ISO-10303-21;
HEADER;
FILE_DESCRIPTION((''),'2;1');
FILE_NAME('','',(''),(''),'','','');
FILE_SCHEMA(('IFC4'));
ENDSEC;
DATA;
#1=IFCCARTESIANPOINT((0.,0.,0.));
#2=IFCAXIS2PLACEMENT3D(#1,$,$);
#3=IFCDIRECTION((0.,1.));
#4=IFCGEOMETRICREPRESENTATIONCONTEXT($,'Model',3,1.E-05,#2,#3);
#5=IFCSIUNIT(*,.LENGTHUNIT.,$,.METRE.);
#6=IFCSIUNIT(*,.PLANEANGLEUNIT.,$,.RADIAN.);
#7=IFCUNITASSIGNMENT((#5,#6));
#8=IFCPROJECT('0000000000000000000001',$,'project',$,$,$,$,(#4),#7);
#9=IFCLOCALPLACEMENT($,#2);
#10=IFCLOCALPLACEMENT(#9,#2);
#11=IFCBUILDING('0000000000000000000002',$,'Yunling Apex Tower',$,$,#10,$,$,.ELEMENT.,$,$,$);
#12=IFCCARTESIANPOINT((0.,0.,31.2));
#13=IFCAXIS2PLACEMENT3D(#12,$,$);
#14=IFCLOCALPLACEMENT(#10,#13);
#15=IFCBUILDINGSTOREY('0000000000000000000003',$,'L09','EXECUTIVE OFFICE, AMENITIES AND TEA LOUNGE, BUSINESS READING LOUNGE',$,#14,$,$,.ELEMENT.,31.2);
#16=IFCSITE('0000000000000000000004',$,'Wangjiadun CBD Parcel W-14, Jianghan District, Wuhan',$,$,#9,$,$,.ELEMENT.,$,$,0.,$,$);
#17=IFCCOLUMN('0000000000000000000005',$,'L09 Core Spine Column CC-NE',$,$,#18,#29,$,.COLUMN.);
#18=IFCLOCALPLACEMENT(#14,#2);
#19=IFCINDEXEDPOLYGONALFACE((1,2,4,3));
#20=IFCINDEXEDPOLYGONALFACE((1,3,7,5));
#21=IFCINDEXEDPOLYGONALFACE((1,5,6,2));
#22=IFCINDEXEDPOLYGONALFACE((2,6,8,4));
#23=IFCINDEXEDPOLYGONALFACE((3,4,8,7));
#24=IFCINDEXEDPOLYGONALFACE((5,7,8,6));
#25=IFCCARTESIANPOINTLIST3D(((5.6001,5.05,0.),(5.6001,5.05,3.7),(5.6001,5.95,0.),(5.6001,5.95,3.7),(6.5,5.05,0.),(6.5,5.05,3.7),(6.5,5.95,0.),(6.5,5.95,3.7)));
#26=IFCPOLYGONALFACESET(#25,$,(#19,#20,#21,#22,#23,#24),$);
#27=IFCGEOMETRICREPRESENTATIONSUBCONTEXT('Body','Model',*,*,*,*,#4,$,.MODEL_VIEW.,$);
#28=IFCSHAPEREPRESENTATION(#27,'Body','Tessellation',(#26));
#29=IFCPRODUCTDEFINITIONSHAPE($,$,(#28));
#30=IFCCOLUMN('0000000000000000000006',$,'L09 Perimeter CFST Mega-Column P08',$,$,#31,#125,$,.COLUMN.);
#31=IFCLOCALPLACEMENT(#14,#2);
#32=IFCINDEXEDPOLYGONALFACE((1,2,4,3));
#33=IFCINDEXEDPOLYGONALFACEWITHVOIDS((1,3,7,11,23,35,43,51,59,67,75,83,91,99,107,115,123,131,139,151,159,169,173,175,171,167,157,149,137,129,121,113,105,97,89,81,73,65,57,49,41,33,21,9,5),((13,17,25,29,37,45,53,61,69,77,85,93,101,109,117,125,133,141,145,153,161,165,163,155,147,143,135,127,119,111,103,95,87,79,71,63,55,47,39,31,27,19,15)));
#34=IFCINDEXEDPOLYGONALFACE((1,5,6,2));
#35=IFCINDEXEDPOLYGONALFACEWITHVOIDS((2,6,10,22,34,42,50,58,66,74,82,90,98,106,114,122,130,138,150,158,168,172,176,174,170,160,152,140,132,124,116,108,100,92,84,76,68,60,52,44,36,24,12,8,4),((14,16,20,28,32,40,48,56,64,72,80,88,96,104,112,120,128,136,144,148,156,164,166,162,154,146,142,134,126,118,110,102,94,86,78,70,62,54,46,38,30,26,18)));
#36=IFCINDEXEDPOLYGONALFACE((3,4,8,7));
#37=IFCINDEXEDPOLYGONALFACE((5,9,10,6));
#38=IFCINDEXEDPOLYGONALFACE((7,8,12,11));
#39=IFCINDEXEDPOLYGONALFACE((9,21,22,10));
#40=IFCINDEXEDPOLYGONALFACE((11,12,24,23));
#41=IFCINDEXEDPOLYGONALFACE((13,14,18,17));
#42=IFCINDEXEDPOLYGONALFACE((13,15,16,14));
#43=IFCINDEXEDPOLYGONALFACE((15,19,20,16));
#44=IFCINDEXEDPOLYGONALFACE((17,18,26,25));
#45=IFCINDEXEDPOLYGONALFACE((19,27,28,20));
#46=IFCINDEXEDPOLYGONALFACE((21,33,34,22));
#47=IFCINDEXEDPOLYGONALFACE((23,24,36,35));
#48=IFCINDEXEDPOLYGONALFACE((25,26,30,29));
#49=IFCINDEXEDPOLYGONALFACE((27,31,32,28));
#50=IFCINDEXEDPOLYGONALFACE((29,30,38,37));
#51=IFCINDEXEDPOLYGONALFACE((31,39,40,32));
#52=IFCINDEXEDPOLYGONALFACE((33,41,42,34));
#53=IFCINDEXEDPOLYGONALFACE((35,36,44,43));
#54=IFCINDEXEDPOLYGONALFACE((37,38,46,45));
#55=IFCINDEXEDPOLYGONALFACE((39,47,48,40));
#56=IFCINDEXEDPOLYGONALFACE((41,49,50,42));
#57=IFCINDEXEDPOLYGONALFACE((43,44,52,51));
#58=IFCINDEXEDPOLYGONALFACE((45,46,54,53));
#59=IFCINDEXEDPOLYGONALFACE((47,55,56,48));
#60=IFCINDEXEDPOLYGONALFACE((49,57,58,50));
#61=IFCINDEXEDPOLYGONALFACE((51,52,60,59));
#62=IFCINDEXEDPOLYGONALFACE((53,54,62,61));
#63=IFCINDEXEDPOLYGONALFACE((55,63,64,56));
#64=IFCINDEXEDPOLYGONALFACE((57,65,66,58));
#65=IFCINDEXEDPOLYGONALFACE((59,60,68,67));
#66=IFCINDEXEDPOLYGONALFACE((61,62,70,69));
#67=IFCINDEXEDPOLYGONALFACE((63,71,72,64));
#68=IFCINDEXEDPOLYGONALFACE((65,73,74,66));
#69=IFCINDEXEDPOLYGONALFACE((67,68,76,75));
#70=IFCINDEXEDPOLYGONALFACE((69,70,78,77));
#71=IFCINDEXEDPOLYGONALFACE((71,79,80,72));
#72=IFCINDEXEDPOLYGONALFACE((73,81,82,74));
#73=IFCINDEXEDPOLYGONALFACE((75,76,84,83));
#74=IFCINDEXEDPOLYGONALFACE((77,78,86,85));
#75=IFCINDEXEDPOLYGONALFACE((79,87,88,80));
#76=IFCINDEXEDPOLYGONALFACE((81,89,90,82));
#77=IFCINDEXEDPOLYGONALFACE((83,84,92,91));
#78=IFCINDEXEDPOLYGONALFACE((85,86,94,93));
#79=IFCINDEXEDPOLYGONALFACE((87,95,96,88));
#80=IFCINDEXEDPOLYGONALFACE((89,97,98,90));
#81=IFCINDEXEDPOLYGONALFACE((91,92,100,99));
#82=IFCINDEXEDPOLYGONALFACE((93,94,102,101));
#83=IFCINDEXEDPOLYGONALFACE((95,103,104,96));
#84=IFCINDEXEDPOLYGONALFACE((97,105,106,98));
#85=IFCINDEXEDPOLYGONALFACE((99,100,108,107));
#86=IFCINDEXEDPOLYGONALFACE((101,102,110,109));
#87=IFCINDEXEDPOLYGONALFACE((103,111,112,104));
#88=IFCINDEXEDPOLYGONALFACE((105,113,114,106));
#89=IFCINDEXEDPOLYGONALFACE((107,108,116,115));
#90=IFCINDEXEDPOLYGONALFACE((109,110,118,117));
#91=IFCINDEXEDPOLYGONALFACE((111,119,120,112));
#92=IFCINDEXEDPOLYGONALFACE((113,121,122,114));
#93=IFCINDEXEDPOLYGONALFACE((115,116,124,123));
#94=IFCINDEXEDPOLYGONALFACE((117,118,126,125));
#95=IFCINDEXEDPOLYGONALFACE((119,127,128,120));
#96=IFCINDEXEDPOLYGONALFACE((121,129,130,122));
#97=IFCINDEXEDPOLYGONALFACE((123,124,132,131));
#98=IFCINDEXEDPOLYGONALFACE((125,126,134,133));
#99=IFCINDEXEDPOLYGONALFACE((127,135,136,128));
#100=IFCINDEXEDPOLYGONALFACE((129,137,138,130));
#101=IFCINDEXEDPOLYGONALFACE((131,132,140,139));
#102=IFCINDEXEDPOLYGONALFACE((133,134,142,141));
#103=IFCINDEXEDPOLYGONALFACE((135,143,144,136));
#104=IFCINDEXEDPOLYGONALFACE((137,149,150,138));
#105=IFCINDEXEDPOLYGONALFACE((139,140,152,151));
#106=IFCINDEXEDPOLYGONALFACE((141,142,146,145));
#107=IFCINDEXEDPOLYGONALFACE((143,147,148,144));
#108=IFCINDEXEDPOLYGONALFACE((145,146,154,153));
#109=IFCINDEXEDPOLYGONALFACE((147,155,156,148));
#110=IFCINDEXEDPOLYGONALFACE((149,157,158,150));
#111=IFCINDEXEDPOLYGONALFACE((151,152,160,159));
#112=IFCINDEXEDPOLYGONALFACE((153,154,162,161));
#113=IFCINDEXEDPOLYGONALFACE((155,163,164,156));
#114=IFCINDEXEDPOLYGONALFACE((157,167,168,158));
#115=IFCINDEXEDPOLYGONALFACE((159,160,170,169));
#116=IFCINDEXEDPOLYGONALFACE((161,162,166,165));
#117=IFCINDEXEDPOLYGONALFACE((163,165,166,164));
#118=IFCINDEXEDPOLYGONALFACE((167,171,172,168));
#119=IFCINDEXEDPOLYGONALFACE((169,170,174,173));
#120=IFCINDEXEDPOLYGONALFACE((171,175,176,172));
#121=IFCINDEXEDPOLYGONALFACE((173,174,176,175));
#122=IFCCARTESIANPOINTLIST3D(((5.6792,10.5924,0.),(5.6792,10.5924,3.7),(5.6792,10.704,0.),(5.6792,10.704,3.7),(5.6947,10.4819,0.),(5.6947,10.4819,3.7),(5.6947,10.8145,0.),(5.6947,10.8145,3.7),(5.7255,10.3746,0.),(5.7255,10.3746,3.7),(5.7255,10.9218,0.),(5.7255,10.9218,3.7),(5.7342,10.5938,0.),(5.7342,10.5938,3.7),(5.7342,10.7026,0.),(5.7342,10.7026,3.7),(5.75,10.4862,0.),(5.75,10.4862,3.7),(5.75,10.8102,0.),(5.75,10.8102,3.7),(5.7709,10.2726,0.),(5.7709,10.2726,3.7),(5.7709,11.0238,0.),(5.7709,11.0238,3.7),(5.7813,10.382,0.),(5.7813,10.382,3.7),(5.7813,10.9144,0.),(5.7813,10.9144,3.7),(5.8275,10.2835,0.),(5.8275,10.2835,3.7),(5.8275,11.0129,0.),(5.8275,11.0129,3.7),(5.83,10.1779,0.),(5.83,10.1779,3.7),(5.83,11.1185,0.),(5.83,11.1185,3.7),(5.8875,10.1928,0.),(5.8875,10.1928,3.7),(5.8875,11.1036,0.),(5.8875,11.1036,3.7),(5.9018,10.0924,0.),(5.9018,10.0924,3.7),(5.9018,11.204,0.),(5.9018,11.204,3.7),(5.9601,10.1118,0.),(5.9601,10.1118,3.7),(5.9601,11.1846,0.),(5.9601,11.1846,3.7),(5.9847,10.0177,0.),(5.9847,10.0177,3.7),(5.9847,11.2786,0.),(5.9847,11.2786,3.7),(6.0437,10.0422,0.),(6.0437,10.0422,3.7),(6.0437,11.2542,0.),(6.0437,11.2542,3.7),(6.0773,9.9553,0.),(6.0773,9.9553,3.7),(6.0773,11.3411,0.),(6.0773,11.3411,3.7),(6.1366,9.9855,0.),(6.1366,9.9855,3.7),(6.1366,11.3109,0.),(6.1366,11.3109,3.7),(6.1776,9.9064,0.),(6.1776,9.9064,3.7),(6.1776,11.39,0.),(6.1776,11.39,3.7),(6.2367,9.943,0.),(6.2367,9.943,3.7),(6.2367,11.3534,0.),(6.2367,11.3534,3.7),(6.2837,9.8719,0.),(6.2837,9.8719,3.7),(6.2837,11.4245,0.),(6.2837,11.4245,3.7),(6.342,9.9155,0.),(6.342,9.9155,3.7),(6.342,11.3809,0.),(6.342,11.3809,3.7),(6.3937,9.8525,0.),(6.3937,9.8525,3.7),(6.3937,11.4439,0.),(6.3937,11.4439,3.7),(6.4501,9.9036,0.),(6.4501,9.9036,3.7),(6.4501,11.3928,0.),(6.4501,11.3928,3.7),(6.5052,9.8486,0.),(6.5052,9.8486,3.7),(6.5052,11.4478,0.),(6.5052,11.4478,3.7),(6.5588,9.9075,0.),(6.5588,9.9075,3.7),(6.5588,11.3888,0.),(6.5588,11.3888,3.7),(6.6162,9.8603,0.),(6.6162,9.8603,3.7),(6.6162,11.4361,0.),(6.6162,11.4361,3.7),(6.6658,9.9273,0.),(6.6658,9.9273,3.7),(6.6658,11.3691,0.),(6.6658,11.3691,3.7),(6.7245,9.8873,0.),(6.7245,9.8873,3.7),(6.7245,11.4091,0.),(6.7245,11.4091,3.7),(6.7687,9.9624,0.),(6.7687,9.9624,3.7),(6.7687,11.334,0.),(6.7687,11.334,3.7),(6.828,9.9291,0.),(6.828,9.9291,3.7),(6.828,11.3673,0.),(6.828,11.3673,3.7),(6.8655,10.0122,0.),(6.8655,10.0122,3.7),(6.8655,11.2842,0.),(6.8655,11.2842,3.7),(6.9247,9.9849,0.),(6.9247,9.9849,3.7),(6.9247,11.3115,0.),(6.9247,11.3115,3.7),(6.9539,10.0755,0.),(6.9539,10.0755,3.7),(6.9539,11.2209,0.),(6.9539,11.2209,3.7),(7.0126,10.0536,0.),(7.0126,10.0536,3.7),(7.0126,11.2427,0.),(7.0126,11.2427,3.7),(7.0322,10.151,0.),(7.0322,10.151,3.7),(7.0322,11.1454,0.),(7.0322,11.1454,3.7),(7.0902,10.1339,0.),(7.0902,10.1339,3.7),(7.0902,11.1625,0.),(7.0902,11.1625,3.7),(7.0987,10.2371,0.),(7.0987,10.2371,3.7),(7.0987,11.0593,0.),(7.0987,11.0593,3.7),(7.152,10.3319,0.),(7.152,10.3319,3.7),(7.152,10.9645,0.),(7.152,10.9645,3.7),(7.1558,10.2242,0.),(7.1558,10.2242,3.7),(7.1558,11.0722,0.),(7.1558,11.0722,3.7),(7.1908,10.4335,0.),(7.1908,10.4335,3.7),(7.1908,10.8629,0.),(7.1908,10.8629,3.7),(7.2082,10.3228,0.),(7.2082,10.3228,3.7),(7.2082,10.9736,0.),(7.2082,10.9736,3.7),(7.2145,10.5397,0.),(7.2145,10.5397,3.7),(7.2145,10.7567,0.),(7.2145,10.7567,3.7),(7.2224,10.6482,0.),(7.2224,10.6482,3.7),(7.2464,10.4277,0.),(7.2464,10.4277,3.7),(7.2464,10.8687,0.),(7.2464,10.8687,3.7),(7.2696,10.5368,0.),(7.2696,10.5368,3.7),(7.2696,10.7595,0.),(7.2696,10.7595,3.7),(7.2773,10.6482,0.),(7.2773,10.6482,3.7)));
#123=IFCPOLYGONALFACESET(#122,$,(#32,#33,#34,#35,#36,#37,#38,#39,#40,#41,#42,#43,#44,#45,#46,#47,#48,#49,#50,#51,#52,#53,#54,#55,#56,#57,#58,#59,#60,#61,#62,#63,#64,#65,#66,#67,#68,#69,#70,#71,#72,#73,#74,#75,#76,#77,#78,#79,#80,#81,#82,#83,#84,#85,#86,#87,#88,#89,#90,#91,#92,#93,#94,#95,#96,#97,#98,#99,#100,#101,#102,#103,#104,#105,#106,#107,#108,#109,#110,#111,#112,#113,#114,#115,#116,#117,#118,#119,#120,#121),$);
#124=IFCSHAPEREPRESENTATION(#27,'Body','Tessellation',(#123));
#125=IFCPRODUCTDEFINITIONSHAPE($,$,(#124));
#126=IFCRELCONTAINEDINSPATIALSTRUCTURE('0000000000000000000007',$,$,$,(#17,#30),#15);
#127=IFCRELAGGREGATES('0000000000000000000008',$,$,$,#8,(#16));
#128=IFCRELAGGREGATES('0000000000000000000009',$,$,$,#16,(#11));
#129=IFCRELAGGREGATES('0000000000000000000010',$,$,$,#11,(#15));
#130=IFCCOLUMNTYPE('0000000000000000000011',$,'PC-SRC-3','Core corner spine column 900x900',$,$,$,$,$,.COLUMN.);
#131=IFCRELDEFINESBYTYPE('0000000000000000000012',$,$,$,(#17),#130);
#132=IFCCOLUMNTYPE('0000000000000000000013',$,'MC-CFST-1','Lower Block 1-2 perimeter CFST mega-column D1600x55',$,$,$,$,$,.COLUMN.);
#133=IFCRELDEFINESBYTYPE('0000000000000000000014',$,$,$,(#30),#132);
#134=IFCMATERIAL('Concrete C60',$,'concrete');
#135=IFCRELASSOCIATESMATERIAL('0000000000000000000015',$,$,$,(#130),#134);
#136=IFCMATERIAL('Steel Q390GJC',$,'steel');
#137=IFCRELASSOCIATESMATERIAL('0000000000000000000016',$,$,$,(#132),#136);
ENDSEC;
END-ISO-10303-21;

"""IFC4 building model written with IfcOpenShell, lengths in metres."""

from ifc_helpers import new_model, si_unit, direction, frame, origin, origin_2d, place, context, subcontext, project, spatial, rectangle, hollow_circle, extrude, source, transform, mapped, material, material_profile, profile_set, type_object, element, save


model = new_model("IFC4")

# Units and contexts
model_context = context("Model", 3, precision=1e-05, world=origin(), true_north=direction((0.0, 1.0)))
body_context = subcontext(model_context, "Body", "Model", "MODEL_VIEW")
ifc_project = project(units=[si_unit("LENGTHUNIT", "METRE"), si_unit("PLANEANGLEUNIT", "RADIAN")], contexts=[model_context])

# Site, building, storey
site_placement = place(None, origin())
site = spatial("IfcSite", under=ifc_project, at=site_placement, Name="Wangjiadun CBD Parcel W-14, Jianghan District, Wuhan", CompositionType="ELEMENT", RefElevation=0.0)
building_placement = place(site_placement, origin())
building = spatial("IfcBuilding", under=site, at=building_placement, Name="Yunling Apex Tower", CompositionType="ELEMENT")
storey_placement = place(building_placement, frame((0.0, 0.0, 31.2)))
storey = spatial("IfcBuildingStorey", under=building, at=storey_placement, Name="L09", Description="EXECUTIVE OFFICE, AMENITIES AND TEA LOUNGE, BUSINESS READING LOUNGE", CompositionType="ELEMENT", Elevation=31.2)

# Columns
ifc_material_1 = material(Name="Concrete C60", Category="concrete")
ifc_material_profile_1 = material_profile(ifc_material_1, rectangle(XDim=0.8999, YDim=0.8999, at=origin_2d()))
ifc_profile_set_1 = profile_set([ifc_material_profile_1], Name="Concrete C60")
column_type_1 = type_object("IfcColumnType", Name="PC-SRC-3", Description="Core corner spine column 900x900", PredefinedType="COLUMN", material=ifc_profile_set_1)
shared_shape_1 = source(origin(), body_context, "Body", "SweptSolid", [
    extrude(rectangle(XDim=0.8999, YDim=0.8999, at=origin_2d()), origin(), (0.0, 0.0, 1.0), 3.7),
])
column_placement = place(storey_placement, frame((6.05, 5.5, 0.0), z_axis=(0.0, 0.0, 1.0), x_axis=(1.0, 0.0, 0.0)))
element("IfcColumn", 1, at=column_placement, inside=storey, type_object=column_type_1, Name="L09 Core Spine Column CC-NE", PredefinedType="COLUMN", context=body_context, shape_type="MappedRepresentation", body=[
    mapped(shared_shape_1, transform((0.0, 0.0, 0.0), scale=1.0)),
])
ifc_material_2 = material(Name="Steel Q390GJC", Category="steel")
ifc_material_profile_2 = material_profile(ifc_material_2, hollow_circle(Radius=0.8, WallThickness=0.0549, at=origin_2d()))
ifc_profile_set_2 = profile_set([ifc_material_profile_2], Name="Steel Q390GJC")
column_type_2 = type_object("IfcColumnType", Name="MC-CFST-1", Description="Lower Block 1-2 perimeter CFST mega-column D1600x55", PredefinedType="COLUMN", material=ifc_profile_set_2)
shared_shape_2 = source(origin(), body_context, "Body", "SweptSolid", [
    extrude(hollow_circle(Radius=0.8, WallThickness=0.0549, at=origin_2d()), origin(), (0.0, 0.0, 1.0), 3.7),
])
for number, where, z_axis, x_axis, name in (
    (2, (6.4773, 10.6482, 0.0), (0.0, 0.0, 1.0), (1.0, 0.0, 0.0), "L09 Perimeter CFST Mega-Column P08"),
):
    element("IfcColumn", number, at=place(storey_placement, frame(where, z_axis=z_axis, x_axis=x_axis)), inside=storey, type_object=column_type_2, Name=name, PredefinedType="COLUMN", context=body_context, shape_type="MappedRepresentation", body=[
        mapped(shared_shape_2, transform((0.0, 0.0, 0.0), scale=1.0)),
    ])

save(model, "model.ifc")
